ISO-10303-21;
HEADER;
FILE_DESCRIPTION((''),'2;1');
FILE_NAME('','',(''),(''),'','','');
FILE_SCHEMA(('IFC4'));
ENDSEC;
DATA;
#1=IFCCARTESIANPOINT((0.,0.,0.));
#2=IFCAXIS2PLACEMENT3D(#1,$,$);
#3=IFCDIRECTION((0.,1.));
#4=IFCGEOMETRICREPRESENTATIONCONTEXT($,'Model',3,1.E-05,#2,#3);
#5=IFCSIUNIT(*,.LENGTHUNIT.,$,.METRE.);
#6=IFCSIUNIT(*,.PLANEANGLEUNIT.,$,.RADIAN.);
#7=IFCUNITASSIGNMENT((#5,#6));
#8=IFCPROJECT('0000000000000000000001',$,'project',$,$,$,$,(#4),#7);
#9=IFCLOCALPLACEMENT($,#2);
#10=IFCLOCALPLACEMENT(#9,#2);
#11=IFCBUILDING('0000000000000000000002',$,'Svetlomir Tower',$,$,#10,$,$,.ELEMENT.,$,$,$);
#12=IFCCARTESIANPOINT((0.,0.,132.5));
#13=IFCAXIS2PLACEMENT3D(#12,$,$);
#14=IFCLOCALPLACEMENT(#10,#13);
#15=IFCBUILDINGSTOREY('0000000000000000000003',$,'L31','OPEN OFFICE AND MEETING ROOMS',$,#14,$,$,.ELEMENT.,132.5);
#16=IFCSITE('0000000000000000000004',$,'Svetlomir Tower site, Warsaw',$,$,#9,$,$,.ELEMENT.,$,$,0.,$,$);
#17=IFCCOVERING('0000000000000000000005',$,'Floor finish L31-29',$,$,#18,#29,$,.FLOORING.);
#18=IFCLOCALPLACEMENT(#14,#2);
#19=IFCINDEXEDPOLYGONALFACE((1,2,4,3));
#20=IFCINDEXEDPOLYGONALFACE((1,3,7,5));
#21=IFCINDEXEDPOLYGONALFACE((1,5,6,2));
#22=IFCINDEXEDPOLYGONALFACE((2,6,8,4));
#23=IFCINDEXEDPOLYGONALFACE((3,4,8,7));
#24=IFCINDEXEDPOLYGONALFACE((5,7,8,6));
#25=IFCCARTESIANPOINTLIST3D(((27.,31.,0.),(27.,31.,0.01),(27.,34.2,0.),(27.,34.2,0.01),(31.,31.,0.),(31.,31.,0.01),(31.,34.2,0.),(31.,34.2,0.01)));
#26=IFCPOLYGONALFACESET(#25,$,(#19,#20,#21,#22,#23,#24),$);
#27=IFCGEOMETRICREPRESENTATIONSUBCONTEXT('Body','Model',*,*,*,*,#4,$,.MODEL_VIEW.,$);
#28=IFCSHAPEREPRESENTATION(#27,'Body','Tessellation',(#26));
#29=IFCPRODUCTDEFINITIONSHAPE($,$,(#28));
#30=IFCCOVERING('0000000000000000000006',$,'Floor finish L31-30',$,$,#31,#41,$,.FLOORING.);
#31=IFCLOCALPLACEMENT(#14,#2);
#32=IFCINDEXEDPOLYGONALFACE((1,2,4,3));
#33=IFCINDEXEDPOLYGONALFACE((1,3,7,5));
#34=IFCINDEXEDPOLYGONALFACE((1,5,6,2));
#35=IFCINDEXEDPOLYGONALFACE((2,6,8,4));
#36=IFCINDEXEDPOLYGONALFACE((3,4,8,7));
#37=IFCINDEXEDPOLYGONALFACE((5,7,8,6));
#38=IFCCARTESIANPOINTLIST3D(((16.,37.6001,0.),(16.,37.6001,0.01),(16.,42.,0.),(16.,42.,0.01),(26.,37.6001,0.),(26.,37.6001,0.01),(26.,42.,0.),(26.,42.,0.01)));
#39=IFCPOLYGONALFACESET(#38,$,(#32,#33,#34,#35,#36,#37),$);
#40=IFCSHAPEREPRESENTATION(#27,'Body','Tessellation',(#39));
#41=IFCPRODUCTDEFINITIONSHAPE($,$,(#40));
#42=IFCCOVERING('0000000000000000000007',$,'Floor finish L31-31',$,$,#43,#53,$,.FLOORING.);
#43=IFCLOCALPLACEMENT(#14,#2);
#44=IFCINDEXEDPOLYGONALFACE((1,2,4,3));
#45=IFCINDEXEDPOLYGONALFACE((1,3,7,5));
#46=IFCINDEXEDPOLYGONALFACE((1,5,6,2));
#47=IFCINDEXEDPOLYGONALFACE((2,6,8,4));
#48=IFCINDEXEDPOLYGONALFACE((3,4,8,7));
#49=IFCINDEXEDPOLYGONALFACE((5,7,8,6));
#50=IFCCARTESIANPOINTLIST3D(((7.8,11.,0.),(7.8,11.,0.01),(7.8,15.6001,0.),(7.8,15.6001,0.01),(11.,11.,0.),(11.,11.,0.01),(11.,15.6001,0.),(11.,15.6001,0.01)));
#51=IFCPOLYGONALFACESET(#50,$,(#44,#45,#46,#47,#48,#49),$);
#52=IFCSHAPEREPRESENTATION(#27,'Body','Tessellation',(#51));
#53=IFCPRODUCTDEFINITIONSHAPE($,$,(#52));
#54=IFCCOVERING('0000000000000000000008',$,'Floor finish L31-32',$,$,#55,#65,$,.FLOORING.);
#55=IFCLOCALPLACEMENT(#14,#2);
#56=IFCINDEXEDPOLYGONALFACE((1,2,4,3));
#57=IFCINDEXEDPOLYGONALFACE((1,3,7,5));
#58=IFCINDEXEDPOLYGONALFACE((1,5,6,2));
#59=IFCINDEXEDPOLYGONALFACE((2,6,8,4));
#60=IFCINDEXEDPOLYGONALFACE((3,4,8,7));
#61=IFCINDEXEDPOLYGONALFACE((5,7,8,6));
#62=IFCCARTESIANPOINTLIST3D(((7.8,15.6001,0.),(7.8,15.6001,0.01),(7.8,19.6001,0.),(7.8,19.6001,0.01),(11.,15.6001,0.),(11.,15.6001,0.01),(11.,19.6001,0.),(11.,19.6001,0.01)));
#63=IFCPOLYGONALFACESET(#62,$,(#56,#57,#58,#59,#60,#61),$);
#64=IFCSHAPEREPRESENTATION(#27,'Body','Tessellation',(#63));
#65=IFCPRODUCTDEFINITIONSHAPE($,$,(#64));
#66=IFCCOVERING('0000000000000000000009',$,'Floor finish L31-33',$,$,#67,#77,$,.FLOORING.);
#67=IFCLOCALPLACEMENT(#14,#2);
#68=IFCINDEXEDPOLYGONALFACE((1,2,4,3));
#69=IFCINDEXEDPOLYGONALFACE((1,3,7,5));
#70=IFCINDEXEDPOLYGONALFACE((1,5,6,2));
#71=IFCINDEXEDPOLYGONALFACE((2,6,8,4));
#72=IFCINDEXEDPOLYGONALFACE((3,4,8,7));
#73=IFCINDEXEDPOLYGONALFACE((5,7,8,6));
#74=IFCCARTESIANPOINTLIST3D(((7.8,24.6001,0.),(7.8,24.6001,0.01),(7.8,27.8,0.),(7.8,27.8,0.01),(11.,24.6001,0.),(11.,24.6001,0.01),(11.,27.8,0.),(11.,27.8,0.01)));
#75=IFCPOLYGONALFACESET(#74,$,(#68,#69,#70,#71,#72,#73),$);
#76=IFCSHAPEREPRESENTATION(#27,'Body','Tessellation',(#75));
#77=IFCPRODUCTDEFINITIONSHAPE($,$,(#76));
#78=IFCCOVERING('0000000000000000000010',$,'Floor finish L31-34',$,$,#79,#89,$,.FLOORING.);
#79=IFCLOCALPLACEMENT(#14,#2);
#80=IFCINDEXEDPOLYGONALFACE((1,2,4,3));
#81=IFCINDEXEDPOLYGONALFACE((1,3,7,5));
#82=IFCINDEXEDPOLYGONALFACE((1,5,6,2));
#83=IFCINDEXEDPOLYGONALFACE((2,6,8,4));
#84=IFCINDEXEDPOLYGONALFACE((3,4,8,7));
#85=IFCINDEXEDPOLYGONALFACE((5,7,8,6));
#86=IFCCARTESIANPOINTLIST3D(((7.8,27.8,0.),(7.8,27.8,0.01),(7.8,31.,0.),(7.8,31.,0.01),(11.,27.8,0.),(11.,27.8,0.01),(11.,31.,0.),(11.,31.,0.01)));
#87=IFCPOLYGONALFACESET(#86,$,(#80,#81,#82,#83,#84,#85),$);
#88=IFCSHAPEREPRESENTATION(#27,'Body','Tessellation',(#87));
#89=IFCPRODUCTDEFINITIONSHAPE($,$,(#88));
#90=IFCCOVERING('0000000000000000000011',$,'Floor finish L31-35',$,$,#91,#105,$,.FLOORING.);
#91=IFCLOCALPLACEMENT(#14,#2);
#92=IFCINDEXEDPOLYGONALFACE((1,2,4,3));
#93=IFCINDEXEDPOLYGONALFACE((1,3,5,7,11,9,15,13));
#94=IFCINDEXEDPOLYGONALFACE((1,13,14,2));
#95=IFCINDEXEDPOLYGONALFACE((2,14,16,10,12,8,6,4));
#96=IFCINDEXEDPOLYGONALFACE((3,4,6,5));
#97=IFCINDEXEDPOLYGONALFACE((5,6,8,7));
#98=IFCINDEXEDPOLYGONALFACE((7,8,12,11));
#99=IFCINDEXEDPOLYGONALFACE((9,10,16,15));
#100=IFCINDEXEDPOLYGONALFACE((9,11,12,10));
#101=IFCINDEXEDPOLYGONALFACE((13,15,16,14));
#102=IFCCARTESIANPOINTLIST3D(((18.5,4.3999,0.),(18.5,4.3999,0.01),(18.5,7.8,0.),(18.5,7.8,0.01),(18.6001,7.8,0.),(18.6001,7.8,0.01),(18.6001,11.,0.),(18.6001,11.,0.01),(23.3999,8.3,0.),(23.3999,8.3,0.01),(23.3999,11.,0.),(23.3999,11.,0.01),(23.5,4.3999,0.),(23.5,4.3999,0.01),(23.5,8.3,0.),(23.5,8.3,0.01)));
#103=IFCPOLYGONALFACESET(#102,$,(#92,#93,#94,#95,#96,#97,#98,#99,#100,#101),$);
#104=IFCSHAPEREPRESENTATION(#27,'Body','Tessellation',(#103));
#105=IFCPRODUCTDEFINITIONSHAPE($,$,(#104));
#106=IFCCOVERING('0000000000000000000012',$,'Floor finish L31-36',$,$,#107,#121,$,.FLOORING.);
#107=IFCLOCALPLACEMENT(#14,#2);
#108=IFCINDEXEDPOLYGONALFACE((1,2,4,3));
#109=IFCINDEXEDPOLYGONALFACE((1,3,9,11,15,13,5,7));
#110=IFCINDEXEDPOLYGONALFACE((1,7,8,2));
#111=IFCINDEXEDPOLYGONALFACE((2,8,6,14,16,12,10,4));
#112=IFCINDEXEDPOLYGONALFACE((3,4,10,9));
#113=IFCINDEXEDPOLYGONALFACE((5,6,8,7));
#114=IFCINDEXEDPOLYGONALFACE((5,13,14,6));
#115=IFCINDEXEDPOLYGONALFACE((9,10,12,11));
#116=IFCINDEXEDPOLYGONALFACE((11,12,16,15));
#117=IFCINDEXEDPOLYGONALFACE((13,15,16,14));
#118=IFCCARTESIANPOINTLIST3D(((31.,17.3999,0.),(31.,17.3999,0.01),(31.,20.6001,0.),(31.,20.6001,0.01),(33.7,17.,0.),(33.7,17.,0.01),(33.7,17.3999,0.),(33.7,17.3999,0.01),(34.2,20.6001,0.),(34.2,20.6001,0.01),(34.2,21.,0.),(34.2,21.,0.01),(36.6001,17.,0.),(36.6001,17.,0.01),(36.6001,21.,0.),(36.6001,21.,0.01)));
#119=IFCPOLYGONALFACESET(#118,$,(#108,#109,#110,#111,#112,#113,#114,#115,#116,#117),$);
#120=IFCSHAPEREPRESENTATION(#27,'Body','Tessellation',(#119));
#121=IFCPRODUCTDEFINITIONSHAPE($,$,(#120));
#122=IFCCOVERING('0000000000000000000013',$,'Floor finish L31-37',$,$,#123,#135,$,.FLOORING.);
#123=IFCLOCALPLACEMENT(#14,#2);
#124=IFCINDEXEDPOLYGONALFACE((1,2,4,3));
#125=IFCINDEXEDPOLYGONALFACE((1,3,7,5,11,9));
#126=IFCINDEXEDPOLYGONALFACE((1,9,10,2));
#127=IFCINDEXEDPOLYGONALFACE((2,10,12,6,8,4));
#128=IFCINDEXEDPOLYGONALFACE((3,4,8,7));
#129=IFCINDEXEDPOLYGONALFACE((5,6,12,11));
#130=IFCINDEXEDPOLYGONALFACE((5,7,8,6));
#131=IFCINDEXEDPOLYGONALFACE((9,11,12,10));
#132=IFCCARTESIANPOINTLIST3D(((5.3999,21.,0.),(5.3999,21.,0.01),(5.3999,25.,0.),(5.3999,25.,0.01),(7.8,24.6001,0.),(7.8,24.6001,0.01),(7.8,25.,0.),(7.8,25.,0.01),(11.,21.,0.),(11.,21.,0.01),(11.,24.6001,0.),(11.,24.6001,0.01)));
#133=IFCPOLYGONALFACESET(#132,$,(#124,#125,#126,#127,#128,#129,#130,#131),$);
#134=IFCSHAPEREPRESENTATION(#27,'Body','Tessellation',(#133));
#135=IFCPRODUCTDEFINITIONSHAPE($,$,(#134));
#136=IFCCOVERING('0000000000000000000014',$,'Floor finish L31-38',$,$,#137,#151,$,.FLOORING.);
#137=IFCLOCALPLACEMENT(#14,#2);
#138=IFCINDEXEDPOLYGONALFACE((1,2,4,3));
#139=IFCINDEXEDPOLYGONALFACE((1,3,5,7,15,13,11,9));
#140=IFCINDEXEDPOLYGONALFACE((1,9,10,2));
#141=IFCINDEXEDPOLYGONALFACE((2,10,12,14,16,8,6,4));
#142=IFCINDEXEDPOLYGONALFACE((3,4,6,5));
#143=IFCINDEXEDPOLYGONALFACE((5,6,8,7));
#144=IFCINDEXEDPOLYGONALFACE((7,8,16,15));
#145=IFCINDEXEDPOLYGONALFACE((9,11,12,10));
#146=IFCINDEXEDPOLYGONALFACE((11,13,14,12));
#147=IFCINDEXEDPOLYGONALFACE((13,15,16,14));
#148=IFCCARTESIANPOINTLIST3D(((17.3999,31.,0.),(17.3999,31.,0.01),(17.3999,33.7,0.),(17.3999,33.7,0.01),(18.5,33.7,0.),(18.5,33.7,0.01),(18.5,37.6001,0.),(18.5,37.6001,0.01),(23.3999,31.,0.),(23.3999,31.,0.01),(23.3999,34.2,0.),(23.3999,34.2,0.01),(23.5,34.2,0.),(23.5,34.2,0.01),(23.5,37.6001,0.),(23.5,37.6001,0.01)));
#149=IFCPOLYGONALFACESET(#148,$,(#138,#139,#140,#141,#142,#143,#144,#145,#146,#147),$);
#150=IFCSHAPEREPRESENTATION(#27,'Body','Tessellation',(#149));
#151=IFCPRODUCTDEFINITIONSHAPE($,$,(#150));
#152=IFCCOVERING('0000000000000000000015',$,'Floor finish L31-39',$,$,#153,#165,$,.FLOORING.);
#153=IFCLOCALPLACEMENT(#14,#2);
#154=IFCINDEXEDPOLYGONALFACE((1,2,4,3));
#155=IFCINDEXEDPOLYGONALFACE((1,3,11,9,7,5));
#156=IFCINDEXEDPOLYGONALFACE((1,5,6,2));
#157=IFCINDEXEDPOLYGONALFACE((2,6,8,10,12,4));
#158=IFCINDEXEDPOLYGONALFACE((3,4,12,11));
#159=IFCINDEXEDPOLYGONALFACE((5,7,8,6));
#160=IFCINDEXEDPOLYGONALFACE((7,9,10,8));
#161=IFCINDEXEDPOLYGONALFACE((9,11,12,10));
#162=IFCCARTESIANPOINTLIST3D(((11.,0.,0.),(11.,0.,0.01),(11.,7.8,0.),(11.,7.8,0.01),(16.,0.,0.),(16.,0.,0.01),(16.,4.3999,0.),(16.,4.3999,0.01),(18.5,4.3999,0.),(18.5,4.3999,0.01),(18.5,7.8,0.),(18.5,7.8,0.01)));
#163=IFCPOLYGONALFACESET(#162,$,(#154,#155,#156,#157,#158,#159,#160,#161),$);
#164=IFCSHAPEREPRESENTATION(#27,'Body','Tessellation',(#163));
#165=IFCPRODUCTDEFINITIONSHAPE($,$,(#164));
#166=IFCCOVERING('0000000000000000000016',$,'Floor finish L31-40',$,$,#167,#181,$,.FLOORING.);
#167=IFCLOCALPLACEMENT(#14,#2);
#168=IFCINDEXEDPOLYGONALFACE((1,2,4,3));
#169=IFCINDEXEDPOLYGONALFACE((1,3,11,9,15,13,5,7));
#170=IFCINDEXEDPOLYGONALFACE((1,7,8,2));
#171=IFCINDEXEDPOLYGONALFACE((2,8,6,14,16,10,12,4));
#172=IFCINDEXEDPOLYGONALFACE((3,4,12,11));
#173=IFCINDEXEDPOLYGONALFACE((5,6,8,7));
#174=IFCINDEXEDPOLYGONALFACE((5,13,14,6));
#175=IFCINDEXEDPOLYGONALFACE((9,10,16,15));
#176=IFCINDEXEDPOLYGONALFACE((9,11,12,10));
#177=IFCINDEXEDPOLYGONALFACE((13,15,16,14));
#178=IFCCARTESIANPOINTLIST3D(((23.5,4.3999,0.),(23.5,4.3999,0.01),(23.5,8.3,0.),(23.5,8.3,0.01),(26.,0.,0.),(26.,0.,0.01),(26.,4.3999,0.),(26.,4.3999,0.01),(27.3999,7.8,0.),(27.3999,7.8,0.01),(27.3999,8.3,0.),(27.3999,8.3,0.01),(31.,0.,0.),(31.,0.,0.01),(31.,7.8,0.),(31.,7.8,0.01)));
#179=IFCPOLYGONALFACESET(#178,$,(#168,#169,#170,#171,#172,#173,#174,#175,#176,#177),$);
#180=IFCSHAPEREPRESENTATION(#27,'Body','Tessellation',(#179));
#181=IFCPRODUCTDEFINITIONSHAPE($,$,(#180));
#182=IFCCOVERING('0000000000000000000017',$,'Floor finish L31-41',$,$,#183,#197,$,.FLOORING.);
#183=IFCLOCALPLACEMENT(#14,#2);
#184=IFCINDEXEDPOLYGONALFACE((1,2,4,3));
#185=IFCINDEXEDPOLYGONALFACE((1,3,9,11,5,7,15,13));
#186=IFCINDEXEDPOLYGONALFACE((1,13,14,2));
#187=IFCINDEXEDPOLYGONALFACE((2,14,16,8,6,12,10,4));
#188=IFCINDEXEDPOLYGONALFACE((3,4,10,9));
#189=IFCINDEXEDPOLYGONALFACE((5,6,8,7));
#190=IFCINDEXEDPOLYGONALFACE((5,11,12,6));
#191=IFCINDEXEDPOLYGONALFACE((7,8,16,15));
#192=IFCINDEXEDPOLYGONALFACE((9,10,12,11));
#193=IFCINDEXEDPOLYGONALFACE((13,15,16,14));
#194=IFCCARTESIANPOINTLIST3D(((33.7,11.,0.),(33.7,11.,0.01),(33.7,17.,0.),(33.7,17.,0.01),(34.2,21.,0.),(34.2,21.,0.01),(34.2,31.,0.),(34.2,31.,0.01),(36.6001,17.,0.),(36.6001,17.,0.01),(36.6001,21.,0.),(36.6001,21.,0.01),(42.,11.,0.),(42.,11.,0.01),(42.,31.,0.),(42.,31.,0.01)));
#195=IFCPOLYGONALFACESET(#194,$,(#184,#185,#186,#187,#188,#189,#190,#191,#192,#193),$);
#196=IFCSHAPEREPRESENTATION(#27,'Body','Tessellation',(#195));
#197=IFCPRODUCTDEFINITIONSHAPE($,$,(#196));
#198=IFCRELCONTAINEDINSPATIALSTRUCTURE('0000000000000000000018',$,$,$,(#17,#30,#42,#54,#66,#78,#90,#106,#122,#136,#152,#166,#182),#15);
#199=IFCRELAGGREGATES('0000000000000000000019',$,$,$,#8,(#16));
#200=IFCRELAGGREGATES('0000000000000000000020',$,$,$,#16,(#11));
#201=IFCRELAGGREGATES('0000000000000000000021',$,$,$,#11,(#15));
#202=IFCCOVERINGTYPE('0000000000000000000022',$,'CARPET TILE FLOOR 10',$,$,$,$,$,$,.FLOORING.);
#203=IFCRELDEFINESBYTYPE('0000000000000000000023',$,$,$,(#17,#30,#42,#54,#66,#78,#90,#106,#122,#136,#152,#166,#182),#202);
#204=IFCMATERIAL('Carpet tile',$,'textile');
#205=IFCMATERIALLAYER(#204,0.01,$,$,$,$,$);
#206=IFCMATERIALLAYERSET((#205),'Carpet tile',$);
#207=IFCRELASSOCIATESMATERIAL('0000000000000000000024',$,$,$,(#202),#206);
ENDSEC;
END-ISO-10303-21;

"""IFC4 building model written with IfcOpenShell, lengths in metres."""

from ifc_helpers import new_model, si_unit, direction, frame, origin, place, context, subcontext, project, spatial, polyline, outline, extrude, material, layer, layer_set, type_object, element, save


model = new_model("IFC4")

# Units and contexts
model_context = context("Model", 3, precision=1e-05, world=origin(), true_north=direction((0.0, 1.0)))
body_context = subcontext(model_context, "Body", "Model", "MODEL_VIEW")
ifc_project = project(units=[si_unit("LENGTHUNIT", "METRE"), si_unit("PLANEANGLEUNIT", "RADIAN")], contexts=[model_context])

# Site, building, storey
site_placement = place(None, origin())
site = spatial("IfcSite", under=ifc_project, at=site_placement, Name="Svetlomir Tower site, Warsaw", CompositionType="ELEMENT", RefElevation=0.0)
building_placement = place(site_placement, origin())
building = spatial("IfcBuilding", under=site, at=building_placement, Name="Svetlomir Tower", CompositionType="ELEMENT")
storey_placement = place(building_placement, frame((0.0, 0.0, 132.5)))
storey = spatial("IfcBuildingStorey", under=building, at=storey_placement, Name="L31", Description="OPEN OFFICE AND MEETING ROOMS", CompositionType="ELEMENT", Elevation=132.5)

# Coverings
ifc_material_1 = material(Name="Carpet tile", Category="textile")
ifc_layer_1 = layer(ifc_material_1, 0.01)
ifc_layer_set_1 = layer_set([ifc_layer_1], Name="Carpet tile")
covering_type_1 = type_object("IfcCoveringType", Name="CARPET TILE FLOOR 10", PredefinedType="FLOORING", material=ifc_layer_set_1)
covering_1_placement = place(storey_placement, origin())
element("IfcCovering", 1, at=covering_1_placement, inside=storey, type_object=covering_type_1, Name="Floor finish L31-29", PredefinedType="FLOORING", context=body_context, shape_type="SweptSolid", body=[
    extrude(outline(polyline([(27.0, 31.0), (31.0, 31.0), (31.0, 34.2), (27.0, 34.2), (27.0, 31.0)])), origin(), (0.0, 0.0, 1.0), 0.01),
])
covering_2_placement = place(storey_placement, origin())
element("IfcCovering", 2, at=covering_2_placement, inside=storey, type_object=covering_type_1, Name="Floor finish L31-30", PredefinedType="FLOORING", context=body_context, shape_type="SweptSolid", body=[
    extrude(outline(polyline([(16.0, 37.6001), (26.0, 37.6001), (26.0, 42.0), (16.0, 42.0), (16.0, 37.6001)])), origin(), (0.0, 0.0, 1.0), 0.01),
])
covering_3_placement = place(storey_placement, origin())
element("IfcCovering", 3, at=covering_3_placement, inside=storey, type_object=covering_type_1, Name="Floor finish L31-31", PredefinedType="FLOORING", context=body_context, shape_type="SweptSolid", body=[
    extrude(outline(polyline([(7.8, 11.0), (11.0, 11.0), (11.0, 15.6001), (7.8, 15.6001), (7.8, 11.0)])), origin(), (0.0, 0.0, 1.0), 0.01),
])
covering_4_placement = place(storey_placement, origin())
element("IfcCovering", 4, at=covering_4_placement, inside=storey, type_object=covering_type_1, Name="Floor finish L31-32", PredefinedType="FLOORING", context=body_context, shape_type="SweptSolid", body=[
    extrude(outline(polyline([(7.8, 15.6001), (11.0, 15.6001), (11.0, 19.6001), (7.8, 19.6001), (7.8, 15.6001)])), origin(), (0.0, 0.0, 1.0), 0.01),
])
covering_5_placement = place(storey_placement, origin())
element("IfcCovering", 5, at=covering_5_placement, inside=storey, type_object=covering_type_1, Name="Floor finish L31-33", PredefinedType="FLOORING", context=body_context, shape_type="SweptSolid", body=[
    extrude(outline(polyline([(7.8, 24.6001), (11.0, 24.6001), (11.0, 27.8), (7.8, 27.8), (7.8, 24.6001)])), origin(), (0.0, 0.0, 1.0), 0.01),
])
covering_6_placement = place(storey_placement, origin())
element("IfcCovering", 6, at=covering_6_placement, inside=storey, type_object=covering_type_1, Name="Floor finish L31-34", PredefinedType="FLOORING", context=body_context, shape_type="SweptSolid", body=[
    extrude(outline(polyline([(7.8, 27.8), (11.0, 27.8), (11.0, 31.0), (7.8, 31.0), (7.8, 27.8)])), origin(), (0.0, 0.0, 1.0), 0.01),
])
covering_7_placement = place(storey_placement, origin())
element("IfcCovering", 7, at=covering_7_placement, inside=storey, type_object=covering_type_1, Name="Floor finish L31-35", PredefinedType="FLOORING", context=body_context, shape_type="SweptSolid", body=[
    extrude(outline(polyline([(18.5, 4.3999), (18.5, 7.8), (18.6001, 7.8), (18.6001, 11.0), (23.3999, 11.0), (23.3999, 8.3), (23.5, 8.3), (23.5, 4.3999), (18.5, 4.3999)])), origin(), (0.0, 0.0, 1.0), 0.01),
])
covering_8_placement = place(storey_placement, origin())
element("IfcCovering", 8, at=covering_8_placement, inside=storey, type_object=covering_type_1, Name="Floor finish L31-36", PredefinedType="FLOORING", context=body_context, shape_type="SweptSolid", body=[
    extrude(outline(polyline([(34.2, 20.6001), (34.2, 21.0), (36.6001, 21.0), (36.6001, 17.0), (33.7, 17.0), (33.7, 17.3999), (31.0, 17.3999), (31.0, 20.6001), (34.2, 20.6001)])), origin(), (0.0, 0.0, 1.0), 0.01),
])
covering_9_placement = place(storey_placement, origin())
element("IfcCovering", 9, at=covering_9_placement, inside=storey, type_object=covering_type_1, Name="Floor finish L31-37", PredefinedType="FLOORING", context=body_context, shape_type="SweptSolid", body=[
    extrude(outline(polyline([(5.3999, 21.0), (5.3999, 25.0), (7.8, 25.0), (7.8, 24.6001), (11.0, 24.6001), (11.0, 21.0), (5.3999, 21.0)])), origin(), (0.0, 0.0, 1.0), 0.01),
])
covering_10_placement = place(storey_placement, origin())
element("IfcCovering", 10, at=covering_10_placement, inside=storey, type_object=covering_type_1, Name="Floor finish L31-38", PredefinedType="FLOORING", context=body_context, shape_type="SweptSolid", body=[
    extrude(outline(polyline([(18.5, 33.7), (18.5, 37.6001), (23.5, 37.6001), (23.5, 34.2), (23.3999, 34.2), (23.3999, 31.0), (17.3999, 31.0), (17.3999, 33.7), (18.5, 33.7)])), origin(), (0.0, 0.0, 1.0), 0.01),
])
covering_11_placement = place(storey_placement, origin())
element("IfcCovering", 11, at=covering_11_placement, inside=storey, type_object=covering_type_1, Name="Floor finish L31-39", PredefinedType="FLOORING", context=body_context, shape_type="SweptSolid", body=[
    extrude(outline(polyline([(18.5, 7.8), (18.5, 4.3999), (16.0, 4.3999), (16.0, 0.0), (11.0, 0.0), (11.0, 7.8), (18.5, 7.8)])), origin(), (0.0, 0.0, 1.0), 0.01),
])
covering_12_placement = place(storey_placement, origin())
element("IfcCovering", 12, at=covering_12_placement, inside=storey, type_object=covering_type_1, Name="Floor finish L31-40", PredefinedType="FLOORING", context=body_context, shape_type="SweptSolid", body=[
    extrude(outline(polyline([(27.3999, 7.8), (31.0, 7.8), (31.0, 0.0), (26.0, 0.0), (26.0, 4.3999), (23.5, 4.3999), (23.5, 8.3), (27.3999, 8.3), (27.3999, 7.8)])), origin(), (0.0, 0.0, 1.0), 0.01),
])
covering_13_placement = place(storey_placement, origin())
element("IfcCovering", 13, at=covering_13_placement, inside=storey, type_object=covering_type_1, Name="Floor finish L31-41", PredefinedType="FLOORING", context=body_context, shape_type="SweptSolid", body=[
    extrude(outline(polyline([(33.7, 11.0), (33.7, 17.0), (36.6001, 17.0), (36.6001, 21.0), (34.2, 21.0), (34.2, 31.0), (42.0, 31.0), (42.0, 11.0), (33.7, 11.0)])), origin(), (0.0, 0.0, 1.0), 0.01),
])

save(model, "model.ifc")
